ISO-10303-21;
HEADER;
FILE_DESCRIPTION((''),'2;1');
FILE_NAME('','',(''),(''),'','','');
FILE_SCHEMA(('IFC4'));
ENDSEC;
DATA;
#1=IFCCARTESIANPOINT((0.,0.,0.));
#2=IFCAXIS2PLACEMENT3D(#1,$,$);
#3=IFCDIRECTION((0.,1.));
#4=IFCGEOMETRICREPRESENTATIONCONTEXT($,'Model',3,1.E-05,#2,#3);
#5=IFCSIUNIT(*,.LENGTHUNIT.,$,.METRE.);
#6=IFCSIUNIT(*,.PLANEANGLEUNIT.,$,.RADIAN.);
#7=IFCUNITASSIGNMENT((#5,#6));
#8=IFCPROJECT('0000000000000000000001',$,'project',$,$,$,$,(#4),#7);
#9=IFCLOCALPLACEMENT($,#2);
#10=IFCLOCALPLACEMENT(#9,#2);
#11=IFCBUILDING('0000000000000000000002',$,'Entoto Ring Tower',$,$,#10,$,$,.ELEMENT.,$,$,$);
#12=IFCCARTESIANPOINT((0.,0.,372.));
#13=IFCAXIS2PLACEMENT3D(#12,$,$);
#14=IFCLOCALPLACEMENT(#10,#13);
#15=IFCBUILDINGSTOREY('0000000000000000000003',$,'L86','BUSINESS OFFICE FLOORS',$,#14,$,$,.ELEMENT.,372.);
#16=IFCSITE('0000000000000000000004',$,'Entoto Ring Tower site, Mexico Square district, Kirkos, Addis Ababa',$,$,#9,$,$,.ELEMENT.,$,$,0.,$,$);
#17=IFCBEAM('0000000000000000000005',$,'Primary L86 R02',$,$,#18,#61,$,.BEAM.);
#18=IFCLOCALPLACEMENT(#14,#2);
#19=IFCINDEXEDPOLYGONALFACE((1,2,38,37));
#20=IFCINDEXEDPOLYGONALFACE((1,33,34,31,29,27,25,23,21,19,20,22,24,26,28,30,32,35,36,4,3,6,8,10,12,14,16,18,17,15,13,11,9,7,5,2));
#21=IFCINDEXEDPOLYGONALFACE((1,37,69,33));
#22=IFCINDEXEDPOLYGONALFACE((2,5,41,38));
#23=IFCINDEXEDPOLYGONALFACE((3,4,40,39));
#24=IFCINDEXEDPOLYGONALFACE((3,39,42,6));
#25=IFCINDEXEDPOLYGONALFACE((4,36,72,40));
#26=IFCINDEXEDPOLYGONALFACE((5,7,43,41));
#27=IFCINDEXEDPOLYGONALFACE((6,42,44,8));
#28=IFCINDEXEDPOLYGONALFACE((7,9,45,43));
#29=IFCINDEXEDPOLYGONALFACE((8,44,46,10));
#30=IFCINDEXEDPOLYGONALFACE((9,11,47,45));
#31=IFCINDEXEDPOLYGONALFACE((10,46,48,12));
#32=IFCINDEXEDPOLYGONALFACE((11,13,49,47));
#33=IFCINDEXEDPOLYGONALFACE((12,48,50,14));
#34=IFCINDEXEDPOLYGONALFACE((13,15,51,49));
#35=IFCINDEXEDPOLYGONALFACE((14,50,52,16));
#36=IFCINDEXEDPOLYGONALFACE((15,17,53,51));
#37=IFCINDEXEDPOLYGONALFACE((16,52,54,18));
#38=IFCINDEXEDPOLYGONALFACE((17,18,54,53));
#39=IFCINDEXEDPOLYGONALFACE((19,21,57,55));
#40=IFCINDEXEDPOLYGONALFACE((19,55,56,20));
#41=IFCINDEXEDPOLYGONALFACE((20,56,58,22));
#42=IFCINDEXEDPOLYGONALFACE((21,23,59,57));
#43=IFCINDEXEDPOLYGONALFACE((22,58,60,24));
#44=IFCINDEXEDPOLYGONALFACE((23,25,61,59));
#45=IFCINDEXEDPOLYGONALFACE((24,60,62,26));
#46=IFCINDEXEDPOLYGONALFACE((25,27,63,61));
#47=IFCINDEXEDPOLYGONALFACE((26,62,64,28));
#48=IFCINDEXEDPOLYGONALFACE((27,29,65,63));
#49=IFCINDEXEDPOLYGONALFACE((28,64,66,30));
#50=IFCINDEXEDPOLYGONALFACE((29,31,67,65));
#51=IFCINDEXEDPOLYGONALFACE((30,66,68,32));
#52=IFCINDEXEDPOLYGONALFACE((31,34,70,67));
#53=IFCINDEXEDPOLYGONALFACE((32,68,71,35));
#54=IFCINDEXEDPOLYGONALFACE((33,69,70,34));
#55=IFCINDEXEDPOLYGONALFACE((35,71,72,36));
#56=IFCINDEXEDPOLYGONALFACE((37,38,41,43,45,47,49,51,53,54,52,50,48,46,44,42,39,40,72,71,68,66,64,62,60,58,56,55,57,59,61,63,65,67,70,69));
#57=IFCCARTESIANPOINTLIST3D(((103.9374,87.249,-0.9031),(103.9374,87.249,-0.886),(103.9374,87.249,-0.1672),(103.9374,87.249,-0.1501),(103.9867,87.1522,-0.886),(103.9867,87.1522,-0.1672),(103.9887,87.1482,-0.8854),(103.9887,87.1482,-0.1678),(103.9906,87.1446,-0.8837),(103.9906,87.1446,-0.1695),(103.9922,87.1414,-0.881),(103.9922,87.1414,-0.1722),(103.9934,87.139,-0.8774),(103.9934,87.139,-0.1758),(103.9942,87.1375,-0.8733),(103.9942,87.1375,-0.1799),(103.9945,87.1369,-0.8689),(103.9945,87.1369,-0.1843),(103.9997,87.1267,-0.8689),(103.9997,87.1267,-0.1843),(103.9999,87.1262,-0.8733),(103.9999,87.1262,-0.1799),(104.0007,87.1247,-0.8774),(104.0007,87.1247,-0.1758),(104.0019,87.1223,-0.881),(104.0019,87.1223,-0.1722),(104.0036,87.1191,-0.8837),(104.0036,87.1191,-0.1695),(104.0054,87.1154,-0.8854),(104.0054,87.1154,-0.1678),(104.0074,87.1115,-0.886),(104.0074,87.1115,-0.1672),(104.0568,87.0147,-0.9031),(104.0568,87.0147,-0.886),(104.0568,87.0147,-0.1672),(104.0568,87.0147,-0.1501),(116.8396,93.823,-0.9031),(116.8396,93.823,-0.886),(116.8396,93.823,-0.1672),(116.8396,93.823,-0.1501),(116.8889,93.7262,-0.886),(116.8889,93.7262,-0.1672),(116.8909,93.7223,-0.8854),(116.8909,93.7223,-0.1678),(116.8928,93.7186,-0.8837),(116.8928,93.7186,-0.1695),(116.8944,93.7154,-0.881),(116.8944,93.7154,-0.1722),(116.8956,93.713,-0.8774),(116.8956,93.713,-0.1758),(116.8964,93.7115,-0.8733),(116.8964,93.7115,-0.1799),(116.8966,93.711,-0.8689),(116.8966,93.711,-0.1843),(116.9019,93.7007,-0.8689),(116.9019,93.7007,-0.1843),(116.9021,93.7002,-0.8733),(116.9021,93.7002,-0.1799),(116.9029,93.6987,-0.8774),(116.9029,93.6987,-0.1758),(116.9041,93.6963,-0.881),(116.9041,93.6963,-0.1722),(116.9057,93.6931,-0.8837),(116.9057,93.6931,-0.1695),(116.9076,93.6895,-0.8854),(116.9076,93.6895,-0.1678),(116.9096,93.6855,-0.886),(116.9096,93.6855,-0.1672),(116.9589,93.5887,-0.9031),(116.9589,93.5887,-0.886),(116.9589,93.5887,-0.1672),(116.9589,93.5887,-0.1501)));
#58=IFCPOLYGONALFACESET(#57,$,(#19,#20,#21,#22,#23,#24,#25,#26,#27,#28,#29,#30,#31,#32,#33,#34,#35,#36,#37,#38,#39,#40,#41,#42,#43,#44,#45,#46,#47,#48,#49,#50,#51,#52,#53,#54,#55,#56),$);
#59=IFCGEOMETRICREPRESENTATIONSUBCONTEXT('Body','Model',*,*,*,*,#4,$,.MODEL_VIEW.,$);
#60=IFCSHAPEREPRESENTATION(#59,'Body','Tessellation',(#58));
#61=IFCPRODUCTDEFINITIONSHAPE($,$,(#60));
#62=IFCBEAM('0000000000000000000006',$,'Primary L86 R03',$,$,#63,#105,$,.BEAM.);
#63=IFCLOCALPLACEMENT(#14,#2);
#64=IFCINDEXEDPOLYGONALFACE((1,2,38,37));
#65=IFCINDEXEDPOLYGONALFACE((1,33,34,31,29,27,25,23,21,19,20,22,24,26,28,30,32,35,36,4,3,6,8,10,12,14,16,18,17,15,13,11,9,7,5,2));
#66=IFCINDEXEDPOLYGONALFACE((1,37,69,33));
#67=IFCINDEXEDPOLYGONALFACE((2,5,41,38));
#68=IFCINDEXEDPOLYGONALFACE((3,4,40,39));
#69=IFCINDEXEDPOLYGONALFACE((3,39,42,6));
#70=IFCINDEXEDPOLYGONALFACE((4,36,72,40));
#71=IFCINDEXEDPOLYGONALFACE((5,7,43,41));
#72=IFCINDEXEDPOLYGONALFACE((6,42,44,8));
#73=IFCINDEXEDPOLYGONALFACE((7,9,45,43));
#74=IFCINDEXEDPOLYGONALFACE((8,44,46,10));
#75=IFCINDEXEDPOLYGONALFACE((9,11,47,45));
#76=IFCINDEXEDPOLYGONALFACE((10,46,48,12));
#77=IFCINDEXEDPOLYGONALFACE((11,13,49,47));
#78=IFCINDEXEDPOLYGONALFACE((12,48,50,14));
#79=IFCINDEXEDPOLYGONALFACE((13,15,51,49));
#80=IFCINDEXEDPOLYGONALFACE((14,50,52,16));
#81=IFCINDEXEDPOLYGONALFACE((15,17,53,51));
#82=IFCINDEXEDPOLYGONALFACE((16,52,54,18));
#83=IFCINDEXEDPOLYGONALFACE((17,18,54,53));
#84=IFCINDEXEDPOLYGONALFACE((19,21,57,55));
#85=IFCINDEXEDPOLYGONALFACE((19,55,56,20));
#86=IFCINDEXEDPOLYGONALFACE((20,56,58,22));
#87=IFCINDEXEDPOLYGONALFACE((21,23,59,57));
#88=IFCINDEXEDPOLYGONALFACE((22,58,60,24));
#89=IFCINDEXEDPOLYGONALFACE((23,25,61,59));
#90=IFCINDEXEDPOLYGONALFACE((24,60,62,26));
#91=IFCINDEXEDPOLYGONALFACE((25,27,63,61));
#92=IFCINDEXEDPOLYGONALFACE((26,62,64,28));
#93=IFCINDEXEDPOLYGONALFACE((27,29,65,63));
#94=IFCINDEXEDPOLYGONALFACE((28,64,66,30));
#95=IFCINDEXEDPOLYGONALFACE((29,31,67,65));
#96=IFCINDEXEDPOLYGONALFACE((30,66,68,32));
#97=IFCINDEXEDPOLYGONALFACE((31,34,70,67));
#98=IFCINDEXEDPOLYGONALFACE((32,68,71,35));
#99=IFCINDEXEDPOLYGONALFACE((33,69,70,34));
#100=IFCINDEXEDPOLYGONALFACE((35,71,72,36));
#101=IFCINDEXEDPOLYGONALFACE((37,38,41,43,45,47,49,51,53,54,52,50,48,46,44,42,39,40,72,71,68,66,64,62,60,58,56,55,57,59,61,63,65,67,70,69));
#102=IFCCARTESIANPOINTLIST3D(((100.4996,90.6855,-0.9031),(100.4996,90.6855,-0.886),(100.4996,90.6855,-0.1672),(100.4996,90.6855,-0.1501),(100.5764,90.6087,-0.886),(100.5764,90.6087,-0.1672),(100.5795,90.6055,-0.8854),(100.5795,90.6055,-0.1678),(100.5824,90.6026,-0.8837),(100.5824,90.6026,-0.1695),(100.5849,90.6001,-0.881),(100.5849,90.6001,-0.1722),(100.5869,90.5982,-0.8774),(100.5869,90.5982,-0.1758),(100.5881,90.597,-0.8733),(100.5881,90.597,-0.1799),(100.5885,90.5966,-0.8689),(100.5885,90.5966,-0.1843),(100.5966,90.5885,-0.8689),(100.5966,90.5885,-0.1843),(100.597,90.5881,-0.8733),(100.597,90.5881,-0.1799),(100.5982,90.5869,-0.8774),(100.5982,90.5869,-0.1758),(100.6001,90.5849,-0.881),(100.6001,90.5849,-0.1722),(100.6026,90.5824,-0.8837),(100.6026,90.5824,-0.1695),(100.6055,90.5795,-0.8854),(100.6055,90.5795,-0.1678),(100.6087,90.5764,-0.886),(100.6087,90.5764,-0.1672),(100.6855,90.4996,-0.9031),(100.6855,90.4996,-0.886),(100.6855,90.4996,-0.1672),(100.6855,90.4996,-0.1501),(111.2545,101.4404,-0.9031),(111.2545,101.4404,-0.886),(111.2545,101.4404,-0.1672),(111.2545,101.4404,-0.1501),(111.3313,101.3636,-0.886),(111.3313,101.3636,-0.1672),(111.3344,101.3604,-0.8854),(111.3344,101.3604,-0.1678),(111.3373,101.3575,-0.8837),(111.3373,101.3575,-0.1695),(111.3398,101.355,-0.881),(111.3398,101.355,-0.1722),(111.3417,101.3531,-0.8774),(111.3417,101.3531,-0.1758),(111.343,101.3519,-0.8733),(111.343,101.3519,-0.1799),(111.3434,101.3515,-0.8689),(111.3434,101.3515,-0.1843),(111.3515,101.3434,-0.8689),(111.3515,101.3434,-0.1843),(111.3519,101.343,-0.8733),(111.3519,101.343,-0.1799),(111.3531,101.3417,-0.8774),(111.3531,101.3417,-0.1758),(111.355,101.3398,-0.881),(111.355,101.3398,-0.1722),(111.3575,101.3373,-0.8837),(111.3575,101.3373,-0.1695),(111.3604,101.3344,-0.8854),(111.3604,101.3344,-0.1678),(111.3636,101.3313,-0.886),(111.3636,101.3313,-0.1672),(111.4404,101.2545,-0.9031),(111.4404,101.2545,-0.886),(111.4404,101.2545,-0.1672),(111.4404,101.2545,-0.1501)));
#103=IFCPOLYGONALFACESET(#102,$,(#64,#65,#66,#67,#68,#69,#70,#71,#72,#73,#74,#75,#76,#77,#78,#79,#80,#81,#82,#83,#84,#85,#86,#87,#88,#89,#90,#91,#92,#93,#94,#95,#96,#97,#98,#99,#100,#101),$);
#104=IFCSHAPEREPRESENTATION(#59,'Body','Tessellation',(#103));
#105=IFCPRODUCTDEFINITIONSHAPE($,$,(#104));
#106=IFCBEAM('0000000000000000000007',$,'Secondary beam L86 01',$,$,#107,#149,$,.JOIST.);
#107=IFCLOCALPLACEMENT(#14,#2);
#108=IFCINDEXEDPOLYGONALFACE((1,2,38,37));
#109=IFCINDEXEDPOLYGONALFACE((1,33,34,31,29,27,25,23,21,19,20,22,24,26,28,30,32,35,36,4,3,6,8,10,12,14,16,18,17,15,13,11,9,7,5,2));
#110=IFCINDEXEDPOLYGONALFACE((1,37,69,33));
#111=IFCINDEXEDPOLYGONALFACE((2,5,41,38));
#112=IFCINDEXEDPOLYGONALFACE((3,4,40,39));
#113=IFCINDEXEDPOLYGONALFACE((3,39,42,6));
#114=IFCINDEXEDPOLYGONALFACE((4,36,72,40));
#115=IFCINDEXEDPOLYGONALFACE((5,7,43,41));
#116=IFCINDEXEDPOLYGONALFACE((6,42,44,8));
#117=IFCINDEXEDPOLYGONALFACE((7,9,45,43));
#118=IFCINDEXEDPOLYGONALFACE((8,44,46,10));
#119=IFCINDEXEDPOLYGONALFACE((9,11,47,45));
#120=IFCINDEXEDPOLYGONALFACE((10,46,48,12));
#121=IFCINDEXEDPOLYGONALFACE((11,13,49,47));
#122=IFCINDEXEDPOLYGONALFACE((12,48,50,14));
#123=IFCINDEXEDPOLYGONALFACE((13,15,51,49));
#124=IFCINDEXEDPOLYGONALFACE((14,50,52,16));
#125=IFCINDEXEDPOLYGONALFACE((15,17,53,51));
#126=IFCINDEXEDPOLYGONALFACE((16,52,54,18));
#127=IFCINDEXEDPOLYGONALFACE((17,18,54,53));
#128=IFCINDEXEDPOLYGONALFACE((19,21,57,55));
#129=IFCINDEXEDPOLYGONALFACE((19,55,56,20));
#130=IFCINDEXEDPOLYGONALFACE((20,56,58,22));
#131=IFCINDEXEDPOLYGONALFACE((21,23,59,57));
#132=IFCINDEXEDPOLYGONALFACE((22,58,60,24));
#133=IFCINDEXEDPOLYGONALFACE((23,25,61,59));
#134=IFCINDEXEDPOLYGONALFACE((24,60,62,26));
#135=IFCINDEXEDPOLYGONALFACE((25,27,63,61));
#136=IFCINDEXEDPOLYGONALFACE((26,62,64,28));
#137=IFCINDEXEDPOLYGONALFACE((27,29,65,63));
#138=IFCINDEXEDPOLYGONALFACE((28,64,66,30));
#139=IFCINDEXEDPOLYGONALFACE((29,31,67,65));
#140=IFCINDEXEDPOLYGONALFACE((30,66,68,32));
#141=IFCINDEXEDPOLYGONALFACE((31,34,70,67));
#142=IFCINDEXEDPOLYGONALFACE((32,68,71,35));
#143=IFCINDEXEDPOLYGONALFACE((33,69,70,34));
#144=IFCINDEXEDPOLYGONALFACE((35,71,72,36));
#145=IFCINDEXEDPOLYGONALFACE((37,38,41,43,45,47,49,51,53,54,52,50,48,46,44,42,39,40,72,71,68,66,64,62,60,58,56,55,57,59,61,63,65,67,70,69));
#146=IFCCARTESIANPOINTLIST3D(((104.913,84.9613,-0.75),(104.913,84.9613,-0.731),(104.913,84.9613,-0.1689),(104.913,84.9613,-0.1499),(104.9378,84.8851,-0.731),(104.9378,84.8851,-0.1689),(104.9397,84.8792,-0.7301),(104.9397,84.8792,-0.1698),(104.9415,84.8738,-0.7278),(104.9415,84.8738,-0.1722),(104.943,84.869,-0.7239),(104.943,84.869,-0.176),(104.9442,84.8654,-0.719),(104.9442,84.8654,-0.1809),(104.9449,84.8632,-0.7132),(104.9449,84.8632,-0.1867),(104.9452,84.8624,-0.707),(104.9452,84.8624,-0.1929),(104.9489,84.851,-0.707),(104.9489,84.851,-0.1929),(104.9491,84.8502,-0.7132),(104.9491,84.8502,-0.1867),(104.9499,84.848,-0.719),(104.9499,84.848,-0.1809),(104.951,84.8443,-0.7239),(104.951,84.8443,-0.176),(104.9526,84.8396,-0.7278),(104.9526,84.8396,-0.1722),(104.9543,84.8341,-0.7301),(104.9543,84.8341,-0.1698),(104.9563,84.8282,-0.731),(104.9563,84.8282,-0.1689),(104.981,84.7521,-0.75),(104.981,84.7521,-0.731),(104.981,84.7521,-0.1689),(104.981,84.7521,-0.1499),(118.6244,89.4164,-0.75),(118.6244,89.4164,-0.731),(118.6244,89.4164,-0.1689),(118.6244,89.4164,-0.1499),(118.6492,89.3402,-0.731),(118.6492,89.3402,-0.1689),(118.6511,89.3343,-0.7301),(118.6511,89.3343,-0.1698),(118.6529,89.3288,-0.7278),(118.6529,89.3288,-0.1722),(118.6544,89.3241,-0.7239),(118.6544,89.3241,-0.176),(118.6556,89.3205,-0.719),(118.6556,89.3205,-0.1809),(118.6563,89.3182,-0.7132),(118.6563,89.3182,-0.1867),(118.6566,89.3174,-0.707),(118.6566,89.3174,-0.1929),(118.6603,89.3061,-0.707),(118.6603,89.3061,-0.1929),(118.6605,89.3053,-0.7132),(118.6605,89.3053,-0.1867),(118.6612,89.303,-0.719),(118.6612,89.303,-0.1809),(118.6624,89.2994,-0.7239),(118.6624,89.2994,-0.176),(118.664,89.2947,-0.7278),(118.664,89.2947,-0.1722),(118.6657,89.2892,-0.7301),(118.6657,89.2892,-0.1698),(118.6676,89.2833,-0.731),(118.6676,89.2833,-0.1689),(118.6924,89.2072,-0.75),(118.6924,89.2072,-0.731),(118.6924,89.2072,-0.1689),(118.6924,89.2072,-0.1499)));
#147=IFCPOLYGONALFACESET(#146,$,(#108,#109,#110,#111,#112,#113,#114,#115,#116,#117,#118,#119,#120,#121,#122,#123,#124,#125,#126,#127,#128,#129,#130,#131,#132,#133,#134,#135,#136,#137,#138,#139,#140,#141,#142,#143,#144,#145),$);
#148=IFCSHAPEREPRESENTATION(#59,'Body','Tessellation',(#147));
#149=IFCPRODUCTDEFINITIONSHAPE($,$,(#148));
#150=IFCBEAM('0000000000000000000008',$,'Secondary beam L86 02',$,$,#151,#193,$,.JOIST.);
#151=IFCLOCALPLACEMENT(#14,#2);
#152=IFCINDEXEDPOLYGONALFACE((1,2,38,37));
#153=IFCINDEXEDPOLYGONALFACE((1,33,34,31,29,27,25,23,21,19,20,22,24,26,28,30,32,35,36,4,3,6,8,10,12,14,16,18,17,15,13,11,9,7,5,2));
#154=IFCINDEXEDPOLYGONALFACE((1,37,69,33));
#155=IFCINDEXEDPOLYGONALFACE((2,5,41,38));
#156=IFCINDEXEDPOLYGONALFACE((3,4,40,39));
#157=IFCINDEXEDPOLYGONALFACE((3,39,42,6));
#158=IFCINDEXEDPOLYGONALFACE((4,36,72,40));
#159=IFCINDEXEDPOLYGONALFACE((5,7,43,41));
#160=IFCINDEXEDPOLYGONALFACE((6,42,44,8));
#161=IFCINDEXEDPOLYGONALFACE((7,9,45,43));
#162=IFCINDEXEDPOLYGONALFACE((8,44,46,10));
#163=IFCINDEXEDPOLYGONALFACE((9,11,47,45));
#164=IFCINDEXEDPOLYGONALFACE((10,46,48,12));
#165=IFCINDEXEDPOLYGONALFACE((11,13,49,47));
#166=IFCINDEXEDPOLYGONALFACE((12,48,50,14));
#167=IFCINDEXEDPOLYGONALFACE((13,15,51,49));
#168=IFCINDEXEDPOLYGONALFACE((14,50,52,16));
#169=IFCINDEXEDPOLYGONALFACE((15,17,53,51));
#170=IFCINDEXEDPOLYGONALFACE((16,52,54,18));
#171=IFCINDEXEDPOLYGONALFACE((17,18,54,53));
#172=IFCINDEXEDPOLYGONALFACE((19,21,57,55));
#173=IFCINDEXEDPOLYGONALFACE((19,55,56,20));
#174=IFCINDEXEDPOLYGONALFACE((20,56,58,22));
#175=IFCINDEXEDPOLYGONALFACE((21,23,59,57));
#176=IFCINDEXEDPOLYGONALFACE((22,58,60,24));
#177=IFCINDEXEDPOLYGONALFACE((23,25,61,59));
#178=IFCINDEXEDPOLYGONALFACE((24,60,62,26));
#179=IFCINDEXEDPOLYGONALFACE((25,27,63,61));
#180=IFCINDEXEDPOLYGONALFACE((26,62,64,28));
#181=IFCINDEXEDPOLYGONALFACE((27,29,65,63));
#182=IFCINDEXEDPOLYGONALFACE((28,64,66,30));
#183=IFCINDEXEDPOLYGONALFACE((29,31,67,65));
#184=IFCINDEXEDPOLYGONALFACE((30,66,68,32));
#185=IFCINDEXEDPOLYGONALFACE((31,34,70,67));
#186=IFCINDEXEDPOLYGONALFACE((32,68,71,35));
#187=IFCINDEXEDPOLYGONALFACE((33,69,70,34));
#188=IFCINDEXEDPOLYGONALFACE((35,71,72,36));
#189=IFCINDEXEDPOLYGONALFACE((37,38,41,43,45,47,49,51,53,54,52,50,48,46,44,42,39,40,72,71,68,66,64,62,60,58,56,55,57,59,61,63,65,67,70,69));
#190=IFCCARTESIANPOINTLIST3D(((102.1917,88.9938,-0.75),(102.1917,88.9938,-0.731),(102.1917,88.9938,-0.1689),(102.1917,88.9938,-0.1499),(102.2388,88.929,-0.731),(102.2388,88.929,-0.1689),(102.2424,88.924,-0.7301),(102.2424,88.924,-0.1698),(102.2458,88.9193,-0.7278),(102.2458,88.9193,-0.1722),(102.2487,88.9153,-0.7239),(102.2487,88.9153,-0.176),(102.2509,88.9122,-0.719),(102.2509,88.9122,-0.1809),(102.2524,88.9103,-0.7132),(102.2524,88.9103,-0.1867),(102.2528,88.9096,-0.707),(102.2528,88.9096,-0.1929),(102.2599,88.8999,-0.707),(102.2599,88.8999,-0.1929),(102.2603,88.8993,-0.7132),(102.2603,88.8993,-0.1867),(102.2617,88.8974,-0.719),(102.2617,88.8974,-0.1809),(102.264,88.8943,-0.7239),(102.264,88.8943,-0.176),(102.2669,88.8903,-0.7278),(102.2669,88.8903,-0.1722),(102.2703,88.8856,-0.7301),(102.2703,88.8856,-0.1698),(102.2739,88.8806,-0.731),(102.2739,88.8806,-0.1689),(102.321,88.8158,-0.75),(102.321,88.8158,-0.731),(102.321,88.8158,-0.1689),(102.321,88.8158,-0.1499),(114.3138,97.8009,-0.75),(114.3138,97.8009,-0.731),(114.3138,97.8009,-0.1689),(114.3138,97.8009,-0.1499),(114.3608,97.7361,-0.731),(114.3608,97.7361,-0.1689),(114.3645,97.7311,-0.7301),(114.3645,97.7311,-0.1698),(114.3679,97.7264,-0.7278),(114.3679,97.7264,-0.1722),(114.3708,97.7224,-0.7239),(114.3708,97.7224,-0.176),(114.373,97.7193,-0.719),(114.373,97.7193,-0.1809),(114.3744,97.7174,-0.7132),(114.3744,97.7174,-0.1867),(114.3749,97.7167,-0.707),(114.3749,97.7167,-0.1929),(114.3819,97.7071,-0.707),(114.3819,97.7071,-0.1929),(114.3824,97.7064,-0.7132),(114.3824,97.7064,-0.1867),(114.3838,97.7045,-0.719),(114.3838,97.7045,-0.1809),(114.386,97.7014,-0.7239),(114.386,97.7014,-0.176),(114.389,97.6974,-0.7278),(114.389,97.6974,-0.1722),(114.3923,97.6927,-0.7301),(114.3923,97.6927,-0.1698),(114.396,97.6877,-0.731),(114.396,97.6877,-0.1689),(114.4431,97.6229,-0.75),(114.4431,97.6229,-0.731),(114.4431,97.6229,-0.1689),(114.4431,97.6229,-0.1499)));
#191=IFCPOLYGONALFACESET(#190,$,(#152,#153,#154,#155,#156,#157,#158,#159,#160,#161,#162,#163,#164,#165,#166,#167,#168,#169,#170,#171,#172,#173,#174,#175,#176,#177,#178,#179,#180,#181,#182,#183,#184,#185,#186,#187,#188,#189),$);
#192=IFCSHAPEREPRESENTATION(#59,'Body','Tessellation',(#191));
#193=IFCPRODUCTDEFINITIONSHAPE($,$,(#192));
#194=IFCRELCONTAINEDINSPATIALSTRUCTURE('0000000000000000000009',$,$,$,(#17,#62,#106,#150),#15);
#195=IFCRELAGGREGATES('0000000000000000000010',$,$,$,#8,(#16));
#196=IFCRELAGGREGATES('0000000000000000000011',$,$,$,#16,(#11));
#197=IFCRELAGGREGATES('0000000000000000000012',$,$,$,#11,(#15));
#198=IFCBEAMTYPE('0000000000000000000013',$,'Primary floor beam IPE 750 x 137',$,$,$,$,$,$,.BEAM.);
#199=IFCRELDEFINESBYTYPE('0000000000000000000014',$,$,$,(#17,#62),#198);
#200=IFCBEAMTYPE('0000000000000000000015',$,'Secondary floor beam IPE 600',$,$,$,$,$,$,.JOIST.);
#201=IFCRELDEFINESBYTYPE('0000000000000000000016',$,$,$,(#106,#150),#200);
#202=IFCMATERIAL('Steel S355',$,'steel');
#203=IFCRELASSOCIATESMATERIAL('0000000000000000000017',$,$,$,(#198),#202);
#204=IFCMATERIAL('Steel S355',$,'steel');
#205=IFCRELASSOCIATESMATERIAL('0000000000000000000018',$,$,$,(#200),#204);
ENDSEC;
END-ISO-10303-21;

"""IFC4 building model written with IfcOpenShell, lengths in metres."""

from ifc_helpers import new_model, si_unit, direction, frame, origin, origin_2d, place, context, subcontext, project, spatial, i_section, extrude, material, material_profile, profile_set, type_object, element, save


model = new_model("IFC4")

# Units and contexts
model_context = context("Model", 3, precision=1e-05, world=origin(), true_north=direction((0.0, 1.0)))
body_context = subcontext(model_context, "Body", "Model", "MODEL_VIEW")
ifc_project = project(units=[si_unit("LENGTHUNIT", "METRE"), si_unit("PLANEANGLEUNIT", "RADIAN")], contexts=[model_context])

# Site, building, storey
site_placement = place(None, origin())
site = spatial("IfcSite", under=ifc_project, at=site_placement, Name="Entoto Ring Tower site, Mexico Square district, Kirkos, Addis Ababa", CompositionType="ELEMENT", RefElevation=0.0)
building_placement = place(site_placement, origin())
building = spatial("IfcBuilding", under=site, at=building_placement, Name="Entoto Ring Tower", CompositionType="ELEMENT")
storey_placement = place(building_placement, frame((0.0, 0.0, 372.0)))
storey = spatial("IfcBuildingStorey", under=building, at=storey_placement, Name="L86", Description="BUSINESS OFFICE FLOORS", CompositionType="ELEMENT", Elevation=372.0)

# Beams
ifc_material_1 = material(Name="Steel S355", Category="steel")
ifc_material_profile_1 = material_profile(ifc_material_1, i_section(OverallWidth=0.2629, OverallDepth=0.7529, WebThickness=0.0115, FlangeThickness=0.0171, FilletRadius=0.0171, at=origin_2d()), Name="IPE 750 x 137")
ifc_profile_set_1 = profile_set([ifc_material_profile_1], Name="Steel S355")
beam_type_1 = type_object("IfcBeamType", Name="Primary floor beam IPE 750 x 137", PredefinedType="BEAM", material=ifc_profile_set_1)
beam_1_placement = place(storey_placement, frame((103.9971, 87.1318, -0.5266), z_axis=(0.891006, 0.453992, 0.0), x_axis=(-0.453992, 0.891006, 0.0)))
element("IfcBeam", 1, at=beam_1_placement, inside=storey, type_object=beam_type_1, Name="Primary L86 R02", PredefinedType="BEAM", context=body_context, shape_type="SweptSolid", body=[
    extrude(i_section(OverallWidth=0.2629, OverallDepth=0.7529, WebThickness=0.0115, FlangeThickness=0.0171, FilletRadius=0.0171, at=origin_2d()), origin(), (0.0, 0.0, 1.0), 14.4805),
])
beam_2_placement = place(storey_placement, frame((100.5925, 90.5925, -0.5266), z_axis=(0.707107, 0.707107, 0.0), x_axis=(-0.707107, 0.707107, 0.0)))
element("IfcBeam", 2, at=beam_2_placement, inside=storey, type_object=beam_type_1, Name="Primary L86 R03", PredefinedType="BEAM", context=body_context, shape_type="SweptSolid", body=[
    extrude(i_section(OverallWidth=0.2629, OverallDepth=0.7529, WebThickness=0.0115, FlangeThickness=0.0171, FilletRadius=0.0171, at=origin_2d()), origin(), (0.0, 0.0, 1.0), 15.2097),
])
ifc_material_2 = material(Name="Steel S355", Category="steel")
ifc_material_profile_2 = material_profile(ifc_material_2, i_section(OverallWidth=0.22, OverallDepth=0.6001, WebThickness=0.012, FlangeThickness=0.019, FilletRadius=0.0239, at=origin_2d()), Name="IPE 600")
ifc_profile_set_2 = profile_set([ifc_material_profile_2], Name="Steel S355")
beam_type_2 = type_object("IfcBeamType", Name="Secondary floor beam IPE 600", PredefinedType="JOIST", material=ifc_profile_set_2)
beam_3_placement = place(storey_placement, frame((104.947, 84.8567, -0.45), z_axis=(0.951057, 0.309015, 0.0), x_axis=(-0.309015, 0.951057, 0.0)))
element("IfcBeam", 3, at=beam_3_placement, inside=storey, type_object=beam_type_2, Name="Secondary beam L86 01", PredefinedType="JOIST", context=body_context, shape_type="SweptSolid", body=[
    extrude(i_section(OverallWidth=0.22, OverallDepth=0.6001, WebThickness=0.012, FlangeThickness=0.019, FilletRadius=0.0239, at=origin_2d()), origin(), (0.0, 0.0, 1.0), 14.417),
])
beam_4_placement = place(storey_placement, frame((102.2563, 88.9048, -0.45), z_axis=(0.809019, 0.587782, 0.0), x_axis=(-0.587782, 0.809019, 0.0)))
element("IfcBeam", 4, at=beam_4_placement, inside=storey, type_object=beam_type_2, Name="Secondary beam L86 02", PredefinedType="JOIST", context=body_context, shape_type="SweptSolid", body=[
    extrude(i_section(OverallWidth=0.22, OverallDepth=0.6001, WebThickness=0.012, FlangeThickness=0.019, FilletRadius=0.0239, at=origin_2d()), origin(), (0.0, 0.0, 1.0), 14.9836),
])

save(model, "model.ifc")
